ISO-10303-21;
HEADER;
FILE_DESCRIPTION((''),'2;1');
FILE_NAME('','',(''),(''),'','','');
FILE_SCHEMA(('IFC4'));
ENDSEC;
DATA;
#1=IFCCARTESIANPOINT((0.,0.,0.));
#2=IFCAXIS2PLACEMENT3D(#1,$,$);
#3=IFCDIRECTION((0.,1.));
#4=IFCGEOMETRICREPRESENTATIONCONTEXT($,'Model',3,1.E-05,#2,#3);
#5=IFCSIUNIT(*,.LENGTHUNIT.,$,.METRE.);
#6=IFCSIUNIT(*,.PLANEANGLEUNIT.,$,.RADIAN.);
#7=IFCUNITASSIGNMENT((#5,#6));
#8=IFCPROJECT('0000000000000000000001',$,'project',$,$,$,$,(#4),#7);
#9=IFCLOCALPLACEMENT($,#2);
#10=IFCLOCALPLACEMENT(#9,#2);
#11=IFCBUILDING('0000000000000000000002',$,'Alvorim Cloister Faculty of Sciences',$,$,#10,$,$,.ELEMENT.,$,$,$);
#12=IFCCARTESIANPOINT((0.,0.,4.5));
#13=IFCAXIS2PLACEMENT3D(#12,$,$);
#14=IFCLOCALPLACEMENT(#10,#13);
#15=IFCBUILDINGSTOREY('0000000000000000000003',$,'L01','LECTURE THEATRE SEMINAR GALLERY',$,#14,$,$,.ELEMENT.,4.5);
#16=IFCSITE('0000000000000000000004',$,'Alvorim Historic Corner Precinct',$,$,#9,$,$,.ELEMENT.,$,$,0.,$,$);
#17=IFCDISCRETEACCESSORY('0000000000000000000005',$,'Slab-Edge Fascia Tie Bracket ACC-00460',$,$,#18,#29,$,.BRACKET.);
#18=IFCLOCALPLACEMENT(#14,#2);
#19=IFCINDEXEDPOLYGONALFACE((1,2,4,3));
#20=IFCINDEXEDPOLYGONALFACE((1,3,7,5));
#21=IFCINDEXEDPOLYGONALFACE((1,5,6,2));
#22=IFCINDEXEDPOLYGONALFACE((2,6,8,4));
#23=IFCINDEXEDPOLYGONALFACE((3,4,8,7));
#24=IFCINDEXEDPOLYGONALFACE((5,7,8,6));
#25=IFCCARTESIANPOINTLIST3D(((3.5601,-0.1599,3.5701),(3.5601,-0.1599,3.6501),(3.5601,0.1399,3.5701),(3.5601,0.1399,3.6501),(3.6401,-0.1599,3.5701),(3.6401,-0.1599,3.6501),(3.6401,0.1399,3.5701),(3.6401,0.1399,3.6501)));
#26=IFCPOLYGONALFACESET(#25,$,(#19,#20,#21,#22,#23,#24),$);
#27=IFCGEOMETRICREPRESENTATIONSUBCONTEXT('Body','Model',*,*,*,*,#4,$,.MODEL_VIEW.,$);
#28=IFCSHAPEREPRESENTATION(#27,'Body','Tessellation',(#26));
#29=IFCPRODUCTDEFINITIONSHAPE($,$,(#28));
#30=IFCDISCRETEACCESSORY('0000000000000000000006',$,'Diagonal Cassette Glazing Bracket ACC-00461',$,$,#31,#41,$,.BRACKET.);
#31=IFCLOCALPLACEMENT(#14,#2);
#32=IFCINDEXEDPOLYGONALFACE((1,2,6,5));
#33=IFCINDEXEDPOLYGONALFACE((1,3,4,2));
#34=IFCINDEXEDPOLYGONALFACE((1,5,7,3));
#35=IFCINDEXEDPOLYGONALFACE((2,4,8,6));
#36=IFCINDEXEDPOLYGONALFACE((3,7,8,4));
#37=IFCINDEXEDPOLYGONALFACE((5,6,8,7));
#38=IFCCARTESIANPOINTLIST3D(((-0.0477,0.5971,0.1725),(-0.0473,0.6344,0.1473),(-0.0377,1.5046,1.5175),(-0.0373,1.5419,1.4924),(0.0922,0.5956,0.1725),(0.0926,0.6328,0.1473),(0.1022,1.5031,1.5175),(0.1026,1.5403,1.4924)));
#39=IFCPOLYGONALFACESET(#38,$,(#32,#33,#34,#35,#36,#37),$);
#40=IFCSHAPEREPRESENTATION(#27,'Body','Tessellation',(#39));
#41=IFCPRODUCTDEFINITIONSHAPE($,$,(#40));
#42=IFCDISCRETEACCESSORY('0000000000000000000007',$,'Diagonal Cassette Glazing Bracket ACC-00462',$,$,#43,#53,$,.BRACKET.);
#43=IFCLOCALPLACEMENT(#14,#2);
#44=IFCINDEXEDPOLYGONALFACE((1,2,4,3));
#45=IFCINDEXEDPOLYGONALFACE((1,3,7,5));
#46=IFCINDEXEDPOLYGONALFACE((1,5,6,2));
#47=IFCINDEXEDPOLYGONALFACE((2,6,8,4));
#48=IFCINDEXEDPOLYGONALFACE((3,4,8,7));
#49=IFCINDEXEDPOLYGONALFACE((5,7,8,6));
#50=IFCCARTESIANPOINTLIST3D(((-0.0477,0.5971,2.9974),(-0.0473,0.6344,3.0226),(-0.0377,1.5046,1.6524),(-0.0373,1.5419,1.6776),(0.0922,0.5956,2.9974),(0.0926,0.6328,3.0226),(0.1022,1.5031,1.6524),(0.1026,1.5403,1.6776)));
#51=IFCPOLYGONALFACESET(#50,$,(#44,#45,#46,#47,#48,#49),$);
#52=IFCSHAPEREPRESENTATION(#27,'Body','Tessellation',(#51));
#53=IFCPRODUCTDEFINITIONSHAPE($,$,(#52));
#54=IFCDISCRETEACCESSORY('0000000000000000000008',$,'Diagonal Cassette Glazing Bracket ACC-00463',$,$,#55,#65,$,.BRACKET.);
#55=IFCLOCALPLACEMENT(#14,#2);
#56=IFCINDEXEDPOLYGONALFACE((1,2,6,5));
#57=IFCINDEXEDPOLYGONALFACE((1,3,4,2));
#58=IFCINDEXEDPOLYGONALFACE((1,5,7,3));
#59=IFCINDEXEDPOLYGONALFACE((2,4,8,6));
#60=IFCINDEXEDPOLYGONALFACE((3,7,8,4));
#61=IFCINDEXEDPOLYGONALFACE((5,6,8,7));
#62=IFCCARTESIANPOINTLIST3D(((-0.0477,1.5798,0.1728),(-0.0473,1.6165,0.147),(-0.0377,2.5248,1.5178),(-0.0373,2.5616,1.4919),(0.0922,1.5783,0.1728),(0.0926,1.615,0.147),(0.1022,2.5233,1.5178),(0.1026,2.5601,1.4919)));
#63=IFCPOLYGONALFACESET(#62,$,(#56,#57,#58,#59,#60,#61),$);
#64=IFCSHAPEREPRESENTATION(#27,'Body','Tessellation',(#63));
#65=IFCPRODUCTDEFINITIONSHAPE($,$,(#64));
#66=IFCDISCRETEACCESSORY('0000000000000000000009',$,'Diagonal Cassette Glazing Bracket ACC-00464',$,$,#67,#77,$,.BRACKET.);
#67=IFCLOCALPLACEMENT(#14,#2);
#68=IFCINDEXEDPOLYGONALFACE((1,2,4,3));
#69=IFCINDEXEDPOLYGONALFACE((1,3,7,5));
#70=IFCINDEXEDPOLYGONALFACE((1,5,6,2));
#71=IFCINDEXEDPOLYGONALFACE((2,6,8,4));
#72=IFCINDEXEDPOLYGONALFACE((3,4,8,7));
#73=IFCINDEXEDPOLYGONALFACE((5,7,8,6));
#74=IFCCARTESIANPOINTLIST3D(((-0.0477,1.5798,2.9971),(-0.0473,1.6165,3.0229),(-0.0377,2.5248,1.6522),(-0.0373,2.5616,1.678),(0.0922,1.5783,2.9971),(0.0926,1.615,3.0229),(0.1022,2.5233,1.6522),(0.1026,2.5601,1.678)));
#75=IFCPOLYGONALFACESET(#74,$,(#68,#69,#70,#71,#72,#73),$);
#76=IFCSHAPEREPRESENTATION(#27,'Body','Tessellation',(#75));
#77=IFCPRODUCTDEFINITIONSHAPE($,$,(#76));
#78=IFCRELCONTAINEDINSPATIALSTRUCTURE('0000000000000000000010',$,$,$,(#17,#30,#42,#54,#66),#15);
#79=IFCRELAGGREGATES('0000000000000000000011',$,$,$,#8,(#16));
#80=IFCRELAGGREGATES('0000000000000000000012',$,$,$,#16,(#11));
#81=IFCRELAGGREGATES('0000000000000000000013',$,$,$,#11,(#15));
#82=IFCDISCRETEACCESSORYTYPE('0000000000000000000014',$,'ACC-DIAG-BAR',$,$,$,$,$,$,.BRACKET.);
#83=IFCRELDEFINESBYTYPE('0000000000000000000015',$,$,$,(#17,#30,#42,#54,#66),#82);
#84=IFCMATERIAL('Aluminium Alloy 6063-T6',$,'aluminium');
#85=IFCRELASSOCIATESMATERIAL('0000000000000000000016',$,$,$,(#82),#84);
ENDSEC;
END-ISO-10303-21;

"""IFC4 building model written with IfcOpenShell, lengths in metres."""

from ifc_helpers import new_model, si_unit, direction, frame, origin, origin_2d, place, context, subcontext, project, spatial, rectangle, extrude, material, type_object, element, save


model = new_model("IFC4")

# Units and contexts
model_context = context("Model", 3, precision=1e-05, world=origin(), true_north=direction((0.0, 1.0)))
body_context = subcontext(model_context, "Body", "Model", "MODEL_VIEW")
ifc_project = project(units=[si_unit("LENGTHUNIT", "METRE"), si_unit("PLANEANGLEUNIT", "RADIAN")], contexts=[model_context])

# Site, building, storey
site_placement = place(None, origin())
site = spatial("IfcSite", under=ifc_project, at=site_placement, Name="Alvorim Historic Corner Precinct", CompositionType="ELEMENT", RefElevation=0.0)
building_placement = place(site_placement, origin())
building = spatial("IfcBuilding", under=site, at=building_placement, Name="Alvorim Cloister Faculty of Sciences", CompositionType="ELEMENT")
storey_placement = place(building_placement, frame((0.0, 0.0, 4.5)))
storey = spatial("IfcBuildingStorey", under=building, at=storey_placement, Name="L01", Description="LECTURE THEATRE SEMINAR GALLERY", CompositionType="ELEMENT", Elevation=4.5)

# Shared definitions
ifc_material_1 = material(Name="Aluminium Alloy 6063-T6", Category="aluminium")

# Discrete accessories
discrete_accessory_type = type_object("IfcDiscreteAccessoryType", Name="ACC-DIAG-BAR", PredefinedType="BRACKET", material=ifc_material_1)
discrete_accessory_placement = place(storey_placement, frame((3.6001, 0.1399, 3.6101), z_axis=(0.0, -1.0, 0.0), x_axis=(1.0, 0.0, 0.0)))
element("IfcDiscreteAccessory", 1, at=discrete_accessory_placement, inside=storey, type_object=discrete_accessory_type, Name="Slab-Edge Fascia Tie Bracket ACC-00460", PredefinedType="BRACKET", context=body_context, shape_type="SweptSolid", body=[
    extrude(rectangle(XDim=0.0801, YDim=0.0801, at=origin_2d()), origin(), (0.0, 0.0, 1.0), 0.2998),
])
for number, where, z_axis, x_axis, name in (
    (2, (0.0225, 0.615, 0.1599), (0.006169, 0.559299, 0.828943), (-0.999939, 0.01103, 0.0), "Diagonal Cassette Glazing Bracket ACC-00461"),
    (3, (0.0225, 0.615, 3.01), (0.006169, 0.559299, -0.828943), (-0.999939, 0.01103, 0.0), "Diagonal Cassette Glazing Bracket ACC-00462"),
):
    element("IfcDiscreteAccessory", number, at=place(storey_placement, frame(where, z_axis=z_axis, x_axis=x_axis)), inside=storey, type_object=discrete_accessory_type, Name=name, PredefinedType="BRACKET", context=body_context, shape_type="SweptSolid", body=[
        extrude(rectangle(XDim=0.1399, YDim=0.0449, at=origin_2d()), origin(), (0.0, 0.0, 1.0), 1.6226),
    ])
for number, where, z_axis, x_axis, name in (
    (4, (0.0225, 1.5974, 0.1599), (0.006089, 0.574916, 0.81819), (-0.999944, 0.010591, 0.0), "Diagonal Cassette Glazing Bracket ACC-00463"),
    (5, (0.0225, 1.5974, 3.01), (0.006089, 0.574916, -0.81819), (-0.999944, 0.010591, 0.0), "Diagonal Cassette Glazing Bracket ACC-00464"),
):
    element("IfcDiscreteAccessory", number, at=place(storey_placement, frame(where, z_axis=z_axis, x_axis=x_axis)), inside=storey, type_object=discrete_accessory_type, Name=name, PredefinedType="BRACKET", context=body_context, shape_type="SweptSolid", body=[
        extrude(rectangle(XDim=0.1399, YDim=0.0449, at=origin_2d()), origin(), (0.0, 0.0, 1.0), 1.6438),
    ])

save(model, "model.ifc")
